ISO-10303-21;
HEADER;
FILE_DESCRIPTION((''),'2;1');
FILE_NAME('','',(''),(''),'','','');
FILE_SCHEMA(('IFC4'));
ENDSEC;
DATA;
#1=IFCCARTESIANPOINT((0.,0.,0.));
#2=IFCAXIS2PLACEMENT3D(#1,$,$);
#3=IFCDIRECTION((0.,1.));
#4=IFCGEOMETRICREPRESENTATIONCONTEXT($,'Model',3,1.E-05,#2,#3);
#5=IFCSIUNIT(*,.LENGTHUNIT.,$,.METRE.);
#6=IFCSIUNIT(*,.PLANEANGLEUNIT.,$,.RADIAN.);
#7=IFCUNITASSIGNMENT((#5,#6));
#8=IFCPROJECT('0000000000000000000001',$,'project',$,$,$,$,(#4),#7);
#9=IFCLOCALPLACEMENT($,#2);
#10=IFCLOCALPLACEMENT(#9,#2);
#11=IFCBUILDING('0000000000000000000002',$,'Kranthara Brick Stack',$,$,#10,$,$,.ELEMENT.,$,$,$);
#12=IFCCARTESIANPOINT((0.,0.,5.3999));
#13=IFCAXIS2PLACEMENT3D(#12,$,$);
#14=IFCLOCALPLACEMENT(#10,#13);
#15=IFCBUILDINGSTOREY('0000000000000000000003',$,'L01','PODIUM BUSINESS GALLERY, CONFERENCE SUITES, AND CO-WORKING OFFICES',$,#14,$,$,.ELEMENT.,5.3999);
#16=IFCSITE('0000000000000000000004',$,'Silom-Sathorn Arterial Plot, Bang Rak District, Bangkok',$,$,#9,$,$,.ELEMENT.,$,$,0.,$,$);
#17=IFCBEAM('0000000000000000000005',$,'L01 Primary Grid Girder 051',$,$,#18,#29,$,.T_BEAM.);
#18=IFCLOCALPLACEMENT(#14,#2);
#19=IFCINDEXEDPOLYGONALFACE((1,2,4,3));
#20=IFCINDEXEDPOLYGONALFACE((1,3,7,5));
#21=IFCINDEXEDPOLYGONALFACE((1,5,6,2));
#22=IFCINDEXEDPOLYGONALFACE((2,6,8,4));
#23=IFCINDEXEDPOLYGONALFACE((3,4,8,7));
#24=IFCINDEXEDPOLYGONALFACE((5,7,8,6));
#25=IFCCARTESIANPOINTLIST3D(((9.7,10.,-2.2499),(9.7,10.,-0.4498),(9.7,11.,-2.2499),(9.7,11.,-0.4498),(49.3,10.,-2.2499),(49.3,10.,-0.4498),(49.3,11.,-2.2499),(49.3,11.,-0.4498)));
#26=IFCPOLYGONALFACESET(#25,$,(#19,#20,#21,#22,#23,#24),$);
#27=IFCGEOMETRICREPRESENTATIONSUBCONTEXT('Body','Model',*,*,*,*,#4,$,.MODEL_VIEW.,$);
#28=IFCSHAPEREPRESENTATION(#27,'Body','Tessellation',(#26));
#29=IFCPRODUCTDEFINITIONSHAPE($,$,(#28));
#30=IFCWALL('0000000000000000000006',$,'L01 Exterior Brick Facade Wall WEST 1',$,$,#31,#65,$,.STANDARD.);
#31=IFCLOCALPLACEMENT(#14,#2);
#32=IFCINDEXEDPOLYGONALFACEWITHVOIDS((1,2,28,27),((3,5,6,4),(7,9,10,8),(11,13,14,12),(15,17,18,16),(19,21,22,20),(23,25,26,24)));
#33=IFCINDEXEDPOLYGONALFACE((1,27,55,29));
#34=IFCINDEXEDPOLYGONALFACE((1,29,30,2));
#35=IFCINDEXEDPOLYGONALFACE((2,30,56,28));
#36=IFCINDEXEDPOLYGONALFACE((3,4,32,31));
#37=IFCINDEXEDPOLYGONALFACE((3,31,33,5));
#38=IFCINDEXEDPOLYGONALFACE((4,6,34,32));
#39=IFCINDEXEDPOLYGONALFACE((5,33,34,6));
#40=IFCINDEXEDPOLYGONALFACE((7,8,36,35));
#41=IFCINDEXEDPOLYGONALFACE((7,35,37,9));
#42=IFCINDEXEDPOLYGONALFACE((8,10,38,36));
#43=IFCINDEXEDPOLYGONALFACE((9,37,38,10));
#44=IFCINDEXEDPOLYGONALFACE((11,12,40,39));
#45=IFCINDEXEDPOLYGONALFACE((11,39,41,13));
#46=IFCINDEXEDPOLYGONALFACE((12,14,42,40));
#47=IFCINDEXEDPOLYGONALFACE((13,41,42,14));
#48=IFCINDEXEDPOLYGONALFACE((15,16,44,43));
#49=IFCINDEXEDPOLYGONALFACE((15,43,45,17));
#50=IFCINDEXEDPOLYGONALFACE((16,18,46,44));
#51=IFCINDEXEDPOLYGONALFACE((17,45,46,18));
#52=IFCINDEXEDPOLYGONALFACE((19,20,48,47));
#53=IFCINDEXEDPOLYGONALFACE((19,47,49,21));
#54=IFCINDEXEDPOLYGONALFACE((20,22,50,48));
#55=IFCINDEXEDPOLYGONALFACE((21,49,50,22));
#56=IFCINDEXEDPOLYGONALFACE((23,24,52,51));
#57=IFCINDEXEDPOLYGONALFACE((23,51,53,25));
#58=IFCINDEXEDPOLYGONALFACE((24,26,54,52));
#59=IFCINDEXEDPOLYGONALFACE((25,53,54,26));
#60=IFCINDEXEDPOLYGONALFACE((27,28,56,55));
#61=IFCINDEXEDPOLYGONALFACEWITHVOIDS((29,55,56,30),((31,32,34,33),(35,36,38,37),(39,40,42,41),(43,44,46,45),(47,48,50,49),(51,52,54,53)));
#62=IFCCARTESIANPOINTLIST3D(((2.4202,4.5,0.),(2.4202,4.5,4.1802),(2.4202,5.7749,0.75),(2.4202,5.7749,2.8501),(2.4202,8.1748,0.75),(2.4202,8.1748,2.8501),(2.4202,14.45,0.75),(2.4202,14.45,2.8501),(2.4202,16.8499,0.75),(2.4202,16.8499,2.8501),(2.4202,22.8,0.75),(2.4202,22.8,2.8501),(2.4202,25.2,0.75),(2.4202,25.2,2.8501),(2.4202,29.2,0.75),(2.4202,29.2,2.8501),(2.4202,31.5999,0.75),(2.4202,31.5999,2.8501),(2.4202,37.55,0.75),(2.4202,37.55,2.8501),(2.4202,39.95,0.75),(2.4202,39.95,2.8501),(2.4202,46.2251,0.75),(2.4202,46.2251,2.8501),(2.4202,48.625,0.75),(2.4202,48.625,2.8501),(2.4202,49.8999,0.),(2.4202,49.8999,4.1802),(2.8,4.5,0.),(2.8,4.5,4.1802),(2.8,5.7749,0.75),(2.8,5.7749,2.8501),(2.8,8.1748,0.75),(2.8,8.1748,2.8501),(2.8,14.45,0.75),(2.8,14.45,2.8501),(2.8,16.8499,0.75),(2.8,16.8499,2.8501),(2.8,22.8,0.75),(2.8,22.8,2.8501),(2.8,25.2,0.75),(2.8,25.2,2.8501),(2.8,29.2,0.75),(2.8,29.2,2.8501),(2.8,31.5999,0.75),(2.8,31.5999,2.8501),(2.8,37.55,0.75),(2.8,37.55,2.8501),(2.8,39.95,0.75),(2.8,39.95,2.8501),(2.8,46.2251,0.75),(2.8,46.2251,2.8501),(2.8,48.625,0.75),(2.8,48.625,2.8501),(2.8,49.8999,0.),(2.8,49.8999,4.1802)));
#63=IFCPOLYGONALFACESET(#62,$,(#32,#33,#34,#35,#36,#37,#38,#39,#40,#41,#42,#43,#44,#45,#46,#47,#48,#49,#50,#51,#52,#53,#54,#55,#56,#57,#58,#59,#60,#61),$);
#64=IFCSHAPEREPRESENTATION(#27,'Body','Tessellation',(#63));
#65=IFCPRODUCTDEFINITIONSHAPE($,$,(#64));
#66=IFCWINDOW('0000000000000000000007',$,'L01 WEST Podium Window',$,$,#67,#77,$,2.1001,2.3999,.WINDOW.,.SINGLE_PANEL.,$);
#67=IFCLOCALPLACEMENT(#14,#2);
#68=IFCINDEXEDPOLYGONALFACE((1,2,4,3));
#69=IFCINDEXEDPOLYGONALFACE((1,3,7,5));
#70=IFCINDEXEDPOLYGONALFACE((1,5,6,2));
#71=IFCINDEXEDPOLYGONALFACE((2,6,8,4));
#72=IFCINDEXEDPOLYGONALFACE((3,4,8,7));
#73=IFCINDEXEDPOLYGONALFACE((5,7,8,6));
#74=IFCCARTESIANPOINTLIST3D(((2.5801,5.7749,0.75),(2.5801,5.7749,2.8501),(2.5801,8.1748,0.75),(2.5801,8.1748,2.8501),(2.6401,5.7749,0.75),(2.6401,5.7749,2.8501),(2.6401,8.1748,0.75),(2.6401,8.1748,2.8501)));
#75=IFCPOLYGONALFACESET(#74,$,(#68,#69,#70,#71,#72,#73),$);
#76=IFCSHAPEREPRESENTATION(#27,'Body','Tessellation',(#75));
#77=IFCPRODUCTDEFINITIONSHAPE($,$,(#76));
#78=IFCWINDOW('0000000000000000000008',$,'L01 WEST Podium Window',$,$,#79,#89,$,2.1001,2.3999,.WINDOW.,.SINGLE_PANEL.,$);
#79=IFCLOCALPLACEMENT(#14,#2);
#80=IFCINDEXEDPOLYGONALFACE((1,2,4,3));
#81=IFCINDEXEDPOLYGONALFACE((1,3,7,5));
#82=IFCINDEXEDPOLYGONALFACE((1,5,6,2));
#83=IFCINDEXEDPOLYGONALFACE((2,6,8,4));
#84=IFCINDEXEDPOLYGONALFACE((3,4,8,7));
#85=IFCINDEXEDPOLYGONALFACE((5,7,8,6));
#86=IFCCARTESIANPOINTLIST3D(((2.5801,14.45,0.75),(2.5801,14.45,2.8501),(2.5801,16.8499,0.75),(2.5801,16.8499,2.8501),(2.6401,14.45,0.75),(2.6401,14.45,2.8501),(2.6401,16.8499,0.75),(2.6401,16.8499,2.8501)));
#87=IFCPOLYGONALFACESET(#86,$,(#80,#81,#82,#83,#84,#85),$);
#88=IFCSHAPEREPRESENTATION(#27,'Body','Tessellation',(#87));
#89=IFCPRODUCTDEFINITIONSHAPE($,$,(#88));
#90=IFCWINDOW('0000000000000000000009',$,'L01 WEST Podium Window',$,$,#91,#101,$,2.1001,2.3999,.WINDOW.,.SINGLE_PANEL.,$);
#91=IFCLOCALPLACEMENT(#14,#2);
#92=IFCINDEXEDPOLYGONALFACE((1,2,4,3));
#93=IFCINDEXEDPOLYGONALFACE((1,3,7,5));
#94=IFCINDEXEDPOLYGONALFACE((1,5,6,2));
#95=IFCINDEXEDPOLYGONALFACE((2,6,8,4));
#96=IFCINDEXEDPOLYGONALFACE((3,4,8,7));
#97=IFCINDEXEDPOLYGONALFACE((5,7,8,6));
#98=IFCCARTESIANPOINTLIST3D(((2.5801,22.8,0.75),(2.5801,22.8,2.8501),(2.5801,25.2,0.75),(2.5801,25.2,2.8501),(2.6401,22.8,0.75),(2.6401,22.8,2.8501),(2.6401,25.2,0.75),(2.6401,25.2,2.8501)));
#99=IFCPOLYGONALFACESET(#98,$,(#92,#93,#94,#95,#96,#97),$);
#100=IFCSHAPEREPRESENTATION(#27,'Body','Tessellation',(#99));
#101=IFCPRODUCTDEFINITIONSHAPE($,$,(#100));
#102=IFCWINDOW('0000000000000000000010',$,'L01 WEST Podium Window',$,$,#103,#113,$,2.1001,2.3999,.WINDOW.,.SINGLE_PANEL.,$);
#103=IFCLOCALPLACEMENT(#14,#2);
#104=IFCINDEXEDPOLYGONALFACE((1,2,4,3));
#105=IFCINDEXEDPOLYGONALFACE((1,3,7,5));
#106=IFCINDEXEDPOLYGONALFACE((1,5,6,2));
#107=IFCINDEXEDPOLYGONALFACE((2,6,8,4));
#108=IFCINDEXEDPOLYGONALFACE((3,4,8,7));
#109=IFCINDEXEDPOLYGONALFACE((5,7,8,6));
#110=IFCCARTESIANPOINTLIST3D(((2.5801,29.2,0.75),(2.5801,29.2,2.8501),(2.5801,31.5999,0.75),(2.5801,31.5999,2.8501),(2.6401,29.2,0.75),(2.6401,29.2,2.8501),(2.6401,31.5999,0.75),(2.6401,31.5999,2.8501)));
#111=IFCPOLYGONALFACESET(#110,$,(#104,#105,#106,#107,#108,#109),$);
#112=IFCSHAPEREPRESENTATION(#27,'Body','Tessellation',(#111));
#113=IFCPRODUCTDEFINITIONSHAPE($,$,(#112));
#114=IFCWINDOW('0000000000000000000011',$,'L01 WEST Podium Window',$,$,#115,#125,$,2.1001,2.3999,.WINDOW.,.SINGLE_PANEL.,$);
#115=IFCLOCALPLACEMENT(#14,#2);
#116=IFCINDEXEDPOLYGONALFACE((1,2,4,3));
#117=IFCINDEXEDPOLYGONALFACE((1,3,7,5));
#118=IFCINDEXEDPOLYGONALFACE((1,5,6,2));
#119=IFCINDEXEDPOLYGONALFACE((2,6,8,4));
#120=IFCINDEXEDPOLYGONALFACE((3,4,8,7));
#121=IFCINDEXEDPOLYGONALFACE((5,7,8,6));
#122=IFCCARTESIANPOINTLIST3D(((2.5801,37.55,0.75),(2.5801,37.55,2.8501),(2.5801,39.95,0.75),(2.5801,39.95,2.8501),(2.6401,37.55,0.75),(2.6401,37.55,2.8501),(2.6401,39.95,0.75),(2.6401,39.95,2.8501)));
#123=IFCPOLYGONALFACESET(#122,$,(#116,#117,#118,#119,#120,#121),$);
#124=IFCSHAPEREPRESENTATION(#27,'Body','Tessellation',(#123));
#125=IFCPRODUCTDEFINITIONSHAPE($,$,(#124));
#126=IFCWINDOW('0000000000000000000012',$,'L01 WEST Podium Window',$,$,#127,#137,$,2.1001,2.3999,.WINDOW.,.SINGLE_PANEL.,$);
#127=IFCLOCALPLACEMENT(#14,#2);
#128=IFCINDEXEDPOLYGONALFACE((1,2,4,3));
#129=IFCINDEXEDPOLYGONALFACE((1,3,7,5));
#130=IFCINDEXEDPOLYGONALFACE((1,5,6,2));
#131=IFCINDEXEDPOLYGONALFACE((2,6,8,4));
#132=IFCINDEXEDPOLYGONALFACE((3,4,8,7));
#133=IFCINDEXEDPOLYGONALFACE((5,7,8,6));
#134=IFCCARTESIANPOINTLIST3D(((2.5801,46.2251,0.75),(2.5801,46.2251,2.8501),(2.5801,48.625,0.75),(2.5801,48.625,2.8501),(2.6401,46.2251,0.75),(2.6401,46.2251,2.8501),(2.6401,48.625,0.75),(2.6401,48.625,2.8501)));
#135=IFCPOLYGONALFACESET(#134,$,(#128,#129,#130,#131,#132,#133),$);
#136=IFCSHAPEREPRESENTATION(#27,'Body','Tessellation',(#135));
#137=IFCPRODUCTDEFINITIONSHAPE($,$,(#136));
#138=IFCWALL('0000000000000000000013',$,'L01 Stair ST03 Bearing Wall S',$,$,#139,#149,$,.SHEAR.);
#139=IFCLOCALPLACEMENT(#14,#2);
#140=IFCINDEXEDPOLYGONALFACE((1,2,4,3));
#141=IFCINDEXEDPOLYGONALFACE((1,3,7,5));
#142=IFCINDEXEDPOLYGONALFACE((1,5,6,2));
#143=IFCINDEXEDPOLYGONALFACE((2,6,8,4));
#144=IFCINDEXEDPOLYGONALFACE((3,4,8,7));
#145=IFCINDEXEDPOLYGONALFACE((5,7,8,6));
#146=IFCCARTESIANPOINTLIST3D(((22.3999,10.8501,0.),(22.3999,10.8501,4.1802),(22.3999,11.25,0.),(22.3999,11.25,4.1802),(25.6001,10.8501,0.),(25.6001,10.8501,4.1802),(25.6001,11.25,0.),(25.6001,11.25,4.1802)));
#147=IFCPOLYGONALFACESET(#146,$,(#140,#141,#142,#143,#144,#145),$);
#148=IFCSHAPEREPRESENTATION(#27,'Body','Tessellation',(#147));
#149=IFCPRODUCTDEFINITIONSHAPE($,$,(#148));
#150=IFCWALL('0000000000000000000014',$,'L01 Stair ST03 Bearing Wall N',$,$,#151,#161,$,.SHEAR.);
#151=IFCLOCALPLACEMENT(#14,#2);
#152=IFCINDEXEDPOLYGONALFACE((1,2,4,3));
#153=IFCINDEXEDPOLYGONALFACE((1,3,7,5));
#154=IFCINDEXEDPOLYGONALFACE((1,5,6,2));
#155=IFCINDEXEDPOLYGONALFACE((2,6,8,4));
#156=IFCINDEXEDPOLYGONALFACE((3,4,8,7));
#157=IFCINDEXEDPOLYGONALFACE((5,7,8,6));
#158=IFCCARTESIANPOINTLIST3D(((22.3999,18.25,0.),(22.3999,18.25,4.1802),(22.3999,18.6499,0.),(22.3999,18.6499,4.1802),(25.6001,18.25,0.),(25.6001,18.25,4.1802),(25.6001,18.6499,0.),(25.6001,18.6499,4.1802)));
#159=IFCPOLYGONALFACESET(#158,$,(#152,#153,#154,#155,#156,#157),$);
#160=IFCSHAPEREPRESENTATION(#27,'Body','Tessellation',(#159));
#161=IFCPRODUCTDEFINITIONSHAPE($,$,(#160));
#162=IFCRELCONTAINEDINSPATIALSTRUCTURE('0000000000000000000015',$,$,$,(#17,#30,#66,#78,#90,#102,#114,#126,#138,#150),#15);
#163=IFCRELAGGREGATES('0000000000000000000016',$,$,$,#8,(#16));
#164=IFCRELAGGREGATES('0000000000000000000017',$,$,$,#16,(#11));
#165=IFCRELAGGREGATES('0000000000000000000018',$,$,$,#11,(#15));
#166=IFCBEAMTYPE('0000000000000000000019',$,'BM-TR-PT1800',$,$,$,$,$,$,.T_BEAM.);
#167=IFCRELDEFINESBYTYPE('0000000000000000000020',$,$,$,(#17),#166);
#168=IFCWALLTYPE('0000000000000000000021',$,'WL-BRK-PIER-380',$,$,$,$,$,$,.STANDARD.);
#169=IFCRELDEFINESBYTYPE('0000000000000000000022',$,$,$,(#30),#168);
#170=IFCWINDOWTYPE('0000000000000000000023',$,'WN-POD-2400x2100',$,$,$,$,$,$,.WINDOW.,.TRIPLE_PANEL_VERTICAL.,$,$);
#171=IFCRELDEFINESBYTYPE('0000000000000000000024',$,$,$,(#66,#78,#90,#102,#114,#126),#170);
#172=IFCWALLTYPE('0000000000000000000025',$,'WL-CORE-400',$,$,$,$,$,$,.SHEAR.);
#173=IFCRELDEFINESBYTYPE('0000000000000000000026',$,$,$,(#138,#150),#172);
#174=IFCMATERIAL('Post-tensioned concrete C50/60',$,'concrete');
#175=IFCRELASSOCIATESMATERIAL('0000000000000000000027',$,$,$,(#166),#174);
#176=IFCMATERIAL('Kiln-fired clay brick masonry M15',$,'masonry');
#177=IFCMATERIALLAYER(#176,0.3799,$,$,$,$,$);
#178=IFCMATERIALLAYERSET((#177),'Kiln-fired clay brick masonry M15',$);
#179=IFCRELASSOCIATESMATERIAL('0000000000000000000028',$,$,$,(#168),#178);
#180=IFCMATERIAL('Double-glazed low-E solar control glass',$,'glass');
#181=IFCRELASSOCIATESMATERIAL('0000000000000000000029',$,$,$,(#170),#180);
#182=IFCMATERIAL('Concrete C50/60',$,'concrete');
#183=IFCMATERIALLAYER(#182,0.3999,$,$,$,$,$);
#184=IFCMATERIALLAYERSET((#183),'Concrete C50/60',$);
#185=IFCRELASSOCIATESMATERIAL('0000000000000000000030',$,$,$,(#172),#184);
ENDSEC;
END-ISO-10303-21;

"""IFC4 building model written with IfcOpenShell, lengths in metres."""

from ifc_helpers import new_model, si_unit, direction, frame, frame_2d, origin, origin_2d, place, context, subcontext, project, spatial, rectangle, extrude, material, layer, layer_set, material_profile, profile_set, type_object, element, fill, save


model = new_model("IFC4")

# Units and contexts
model_context = context("Model", 3, precision=1e-05, world=origin(), true_north=direction((0.0, 1.0)))
body_context = subcontext(model_context, "Body", "Model", "MODEL_VIEW")
ifc_project = project(units=[si_unit("LENGTHUNIT", "METRE"), si_unit("PLANEANGLEUNIT", "RADIAN")], contexts=[model_context])

# Site, building, storey
site_placement = place(None, origin())
site = spatial("IfcSite", under=ifc_project, at=site_placement, Name="Silom-Sathorn Arterial Plot, Bang Rak District, Bangkok", CompositionType="ELEMENT", RefElevation=0.0)
building_placement = place(site_placement, origin())
building = spatial("IfcBuilding", under=site, at=building_placement, Name="Kranthara Brick Stack", CompositionType="ELEMENT")
storey_placement = place(building_placement, frame((0.0, 0.0, 5.3999)))
storey = spatial("IfcBuildingStorey", under=building, at=storey_placement, Name="L01", Description="PODIUM BUSINESS GALLERY, CONFERENCE SUITES, AND CO-WORKING OFFICES", CompositionType="ELEMENT", Elevation=5.3999)

# Beam
ifc_material_1 = material(Name="Post-tensioned concrete C50/60", Category="concrete")
ifc_material_profile_1 = material_profile(ifc_material_1, rectangle(XDim=1.0, YDim=1.8, at=origin_2d()), Name="PT 1000x1800")
ifc_profile_set_1 = profile_set([ifc_material_profile_1], Name="Post-tensioned concrete C50/60")
beam_type_1 = type_object("IfcBeamType", Name="BM-TR-PT1800", PredefinedType="T_BEAM", material=ifc_profile_set_1)
beam_1_placement = place(storey_placement, frame((9.7, 10.5, -1.3499), z_axis=(1.0, 0.0, 0.0), x_axis=(0.0, 1.0, 0.0)))
element("IfcBeam", 1, at=beam_1_placement, inside=storey, type_object=beam_type_1, Name="L01 Primary Grid Girder 051", PredefinedType="T_BEAM", context=body_context, shape_type="SweptSolid", body=[
    extrude(rectangle(XDim=1.0, YDim=1.8, at=origin_2d()), origin(), (0.0, 0.0, 1.0), 39.6001),
])

# Wall, openings, windows
ifc_material_2 = material(Name="Kiln-fired clay brick masonry M15", Category="masonry")
ifc_layer_1 = layer(ifc_material_2, 0.3799)
ifc_layer_set_1 = layer_set([ifc_layer_1], Name="Kiln-fired clay brick masonry M15")
wall_type_1 = type_object("IfcWallType", Name="WL-BRK-PIER-380", PredefinedType="STANDARD", material=ifc_layer_set_1)
wall_1_placement = place(storey_placement, frame((2.6101, 4.5, 0.0), z_axis=(0.0, 0.0, 1.0), x_axis=(0.0, 1.0, 0.0)))
wall_1 = element("IfcWall", 2, at=wall_1_placement, inside=storey, type_object=wall_type_1, Name="L01 Exterior Brick Facade Wall WEST 1", PredefinedType="STANDARD", context=body_context, shape_type="SweptSolid", body=[
    extrude(rectangle(XDim=45.3999, YDim=0.3799, at=frame_2d((22.7, 0.0))), origin(), (0.0, 0.0, 1.0), 4.1802),
])
opening_1_placement = place(wall_1_placement, frame((1.2749, 0.0, 0.75)))
opening_1 = element("IfcOpeningElement", 3, at=opening_1_placement, cuts=wall_1, PredefinedType="OPENING", context=body_context, shape_type="SweptSolid", body=[
    extrude(rectangle(XDim=2.3999, YDim=2.1001, at=frame_2d((1.2, 1.05))), frame((0.0, 0.2, 0.0), z_axis=(0.0, -1.0, 0.0), x_axis=(1.0, 0.0, 0.0)), (0.0, 0.0, 1.0), 0.3999),
])
opening_2_placement = place(wall_1_placement, frame((9.95, 0.0, 0.75)))
opening_2 = element("IfcOpeningElement", 4, at=opening_2_placement, cuts=wall_1, PredefinedType="OPENING", context=body_context, shape_type="SweptSolid", body=[
    extrude(rectangle(XDim=2.3999, YDim=2.1001, at=frame_2d((1.2, 1.05))), frame((0.0, 0.2, 0.0), z_axis=(0.0, -1.0, 0.0), x_axis=(1.0, 0.0, 0.0)), (0.0, 0.0, 1.0), 0.3999),
])
opening_3_placement = place(wall_1_placement, frame((18.3, 0.0, 0.75)))
opening_3 = element("IfcOpeningElement", 5, at=opening_3_placement, cuts=wall_1, PredefinedType="OPENING", context=body_context, shape_type="SweptSolid", body=[
    extrude(rectangle(XDim=2.3999, YDim=2.1001, at=frame_2d((1.2, 1.05))), frame((0.0, 0.2, 0.0), z_axis=(0.0, -1.0, 0.0), x_axis=(1.0, 0.0, 0.0)), (0.0, 0.0, 1.0), 0.3999),
])
opening_4_placement = place(wall_1_placement, frame((24.7, 0.0, 0.75)))
opening_4 = element("IfcOpeningElement", 6, at=opening_4_placement, cuts=wall_1, PredefinedType="OPENING", context=body_context, shape_type="SweptSolid", body=[
    extrude(rectangle(XDim=2.3999, YDim=2.1001, at=frame_2d((1.2, 1.05))), frame((0.0, 0.2, 0.0), z_axis=(0.0, -1.0, 0.0), x_axis=(1.0, 0.0, 0.0)), (0.0, 0.0, 1.0), 0.3999),
])
opening_5_placement = place(wall_1_placement, frame((33.05, 0.0, 0.75)))
opening_5 = element("IfcOpeningElement", 7, at=opening_5_placement, cuts=wall_1, PredefinedType="OPENING", context=body_context, shape_type="SweptSolid", body=[
    extrude(rectangle(XDim=2.3999, YDim=2.1001, at=frame_2d((1.2, 1.05))), frame((0.0, 0.2, 0.0), z_axis=(0.0, -1.0, 0.0), x_axis=(1.0, 0.0, 0.0)), (0.0, 0.0, 1.0), 0.3999),
])
opening_6_placement = place(wall_1_placement, frame((41.7251, 0.0, 0.75)))
opening_6 = element("IfcOpeningElement", 8, at=opening_6_placement, cuts=wall_1, PredefinedType="OPENING", context=body_context, shape_type="SweptSolid", body=[
    extrude(rectangle(XDim=2.3999, YDim=2.1001, at=frame_2d((1.2, 1.05))), frame((0.0, 0.2, 0.0), z_axis=(0.0, -1.0, 0.0), x_axis=(1.0, 0.0, 0.0)), (0.0, 0.0, 1.0), 0.3999),
])
ifc_material_3 = material(Name="Double-glazed low-E solar control glass", Category="glass")
window_type = type_object("IfcWindowType", Name="WN-POD-2400x2100", PartitioningType="TRIPLE_PANEL_VERTICAL", PredefinedType="WINDOW", material=ifc_material_3)
window_1_placement = place(opening_1_placement, origin())
window_1 = element("IfcWindow", 9, at=window_1_placement, inside=storey, type_object=window_type, Name="L01 WEST Podium Window", OverallHeight=2.1001, OverallWidth=2.3999, PartitioningType="SINGLE_PANEL", PredefinedType="WINDOW", context=body_context, shape_type="SweptSolid", body=[
    extrude(rectangle(XDim=2.3999, YDim=2.1001, at=frame_2d((1.2, 1.05))), frame((0.0, 0.03, 0.0), z_axis=(0.0, -1.0, 0.0), x_axis=(1.0, 0.0, 0.0)), (0.0, 0.0, 1.0), 0.0601),
])
fill(opening_1, window_1)
window_2_placement = place(opening_2_placement, origin())
window_2 = element("IfcWindow", 10, at=window_2_placement, inside=storey, type_object=window_type, Name="L01 WEST Podium Window", OverallHeight=2.1001, OverallWidth=2.3999, PartitioningType="SINGLE_PANEL", PredefinedType="WINDOW", context=body_context, shape_type="SweptSolid", body=[
    extrude(rectangle(XDim=2.3999, YDim=2.1001, at=frame_2d((1.2, 1.05))), frame((0.0, 0.03, 0.0), z_axis=(0.0, -1.0, 0.0), x_axis=(1.0, 0.0, 0.0)), (0.0, 0.0, 1.0), 0.0601),
])
fill(opening_2, window_2)
window_3_placement = place(opening_3_placement, origin())
window_3 = element("IfcWindow", 11, at=window_3_placement, inside=storey, type_object=window_type, Name="L01 WEST Podium Window", OverallHeight=2.1001, OverallWidth=2.3999, PartitioningType="SINGLE_PANEL", PredefinedType="WINDOW", context=body_context, shape_type="SweptSolid", body=[
    extrude(rectangle(XDim=2.3999, YDim=2.1001, at=frame_2d((1.2, 1.05))), frame((0.0, 0.03, 0.0), z_axis=(0.0, -1.0, 0.0), x_axis=(1.0, 0.0, 0.0)), (0.0, 0.0, 1.0), 0.0601),
])
fill(opening_3, window_3)
window_4_placement = place(opening_4_placement, origin())
window_4 = element("IfcWindow", 12, at=window_4_placement, inside=storey, type_object=window_type, Name="L01 WEST Podium Window", OverallHeight=2.1001, OverallWidth=2.3999, PartitioningType="SINGLE_PANEL", PredefinedType="WINDOW", context=body_context, shape_type="SweptSolid", body=[
    extrude(rectangle(XDim=2.3999, YDim=2.1001, at=frame_2d((1.2, 1.05))), frame((0.0, 0.03, 0.0), z_axis=(0.0, -1.0, 0.0), x_axis=(1.0, 0.0, 0.0)), (0.0, 0.0, 1.0), 0.0601),
])
fill(opening_4, window_4)
window_5_placement = place(opening_5_placement, origin())
window_5 = element("IfcWindow", 13, at=window_5_placement, inside=storey, type_object=window_type, Name="L01 WEST Podium Window", OverallHeight=2.1001, OverallWidth=2.3999, PartitioningType="SINGLE_PANEL", PredefinedType="WINDOW", context=body_context, shape_type="SweptSolid", body=[
    extrude(rectangle(XDim=2.3999, YDim=2.1001, at=frame_2d((1.2, 1.05))), frame((0.0, 0.03, 0.0), z_axis=(0.0, -1.0, 0.0), x_axis=(1.0, 0.0, 0.0)), (0.0, 0.0, 1.0), 0.0601),
])
fill(opening_5, window_5)
window_6_placement = place(opening_6_placement, origin())
window_6 = element("IfcWindow", 14, at=window_6_placement, inside=storey, type_object=window_type, Name="L01 WEST Podium Window", OverallHeight=2.1001, OverallWidth=2.3999, PartitioningType="SINGLE_PANEL", PredefinedType="WINDOW", context=body_context, shape_type="SweptSolid", body=[
    extrude(rectangle(XDim=2.3999, YDim=2.1001, at=frame_2d((1.2, 1.05))), frame((0.0, 0.03, 0.0), z_axis=(0.0, -1.0, 0.0), x_axis=(1.0, 0.0, 0.0)), (0.0, 0.0, 1.0), 0.0601),
])
fill(opening_6, window_6)

# Shared definitions
ifc_material_4 = material(Name="Concrete C50/60", Category="concrete")
ifc_layer_2 = layer(ifc_material_4, 0.3999)
ifc_layer_set_2 = layer_set([ifc_layer_2], Name="Concrete C50/60")
wall_type_2 = type_object("IfcWallType", Name="WL-CORE-400", PredefinedType="SHEAR", material=ifc_layer_set_2)

# Walls
for number, where, z_axis, x_axis, name in (
    (15, (22.3999, 11.05, 0.0), (0.0, 0.0, 1.0), (1.0, 0.0, 0.0), "L01 Stair ST03 Bearing Wall S"),
    (16, (22.3999, 18.45, 0.0), (0.0, 0.0, 1.0), (1.0, 0.0, 0.0), "L01 Stair ST03 Bearing Wall N"),
):
    element("IfcWall", number, at=place(storey_placement, frame(where, z_axis=z_axis, x_axis=x_axis)), inside=storey, type_object=wall_type_2, Name=name, PredefinedType="SHEAR", context=body_context, shape_type="SweptSolid", body=[
        extrude(rectangle(XDim=3.2002, YDim=0.3999, at=frame_2d((1.6001, 0.0))), origin(), (0.0, 0.0, 1.0), 4.1802),
    ])

save(model, "model.ifc")
